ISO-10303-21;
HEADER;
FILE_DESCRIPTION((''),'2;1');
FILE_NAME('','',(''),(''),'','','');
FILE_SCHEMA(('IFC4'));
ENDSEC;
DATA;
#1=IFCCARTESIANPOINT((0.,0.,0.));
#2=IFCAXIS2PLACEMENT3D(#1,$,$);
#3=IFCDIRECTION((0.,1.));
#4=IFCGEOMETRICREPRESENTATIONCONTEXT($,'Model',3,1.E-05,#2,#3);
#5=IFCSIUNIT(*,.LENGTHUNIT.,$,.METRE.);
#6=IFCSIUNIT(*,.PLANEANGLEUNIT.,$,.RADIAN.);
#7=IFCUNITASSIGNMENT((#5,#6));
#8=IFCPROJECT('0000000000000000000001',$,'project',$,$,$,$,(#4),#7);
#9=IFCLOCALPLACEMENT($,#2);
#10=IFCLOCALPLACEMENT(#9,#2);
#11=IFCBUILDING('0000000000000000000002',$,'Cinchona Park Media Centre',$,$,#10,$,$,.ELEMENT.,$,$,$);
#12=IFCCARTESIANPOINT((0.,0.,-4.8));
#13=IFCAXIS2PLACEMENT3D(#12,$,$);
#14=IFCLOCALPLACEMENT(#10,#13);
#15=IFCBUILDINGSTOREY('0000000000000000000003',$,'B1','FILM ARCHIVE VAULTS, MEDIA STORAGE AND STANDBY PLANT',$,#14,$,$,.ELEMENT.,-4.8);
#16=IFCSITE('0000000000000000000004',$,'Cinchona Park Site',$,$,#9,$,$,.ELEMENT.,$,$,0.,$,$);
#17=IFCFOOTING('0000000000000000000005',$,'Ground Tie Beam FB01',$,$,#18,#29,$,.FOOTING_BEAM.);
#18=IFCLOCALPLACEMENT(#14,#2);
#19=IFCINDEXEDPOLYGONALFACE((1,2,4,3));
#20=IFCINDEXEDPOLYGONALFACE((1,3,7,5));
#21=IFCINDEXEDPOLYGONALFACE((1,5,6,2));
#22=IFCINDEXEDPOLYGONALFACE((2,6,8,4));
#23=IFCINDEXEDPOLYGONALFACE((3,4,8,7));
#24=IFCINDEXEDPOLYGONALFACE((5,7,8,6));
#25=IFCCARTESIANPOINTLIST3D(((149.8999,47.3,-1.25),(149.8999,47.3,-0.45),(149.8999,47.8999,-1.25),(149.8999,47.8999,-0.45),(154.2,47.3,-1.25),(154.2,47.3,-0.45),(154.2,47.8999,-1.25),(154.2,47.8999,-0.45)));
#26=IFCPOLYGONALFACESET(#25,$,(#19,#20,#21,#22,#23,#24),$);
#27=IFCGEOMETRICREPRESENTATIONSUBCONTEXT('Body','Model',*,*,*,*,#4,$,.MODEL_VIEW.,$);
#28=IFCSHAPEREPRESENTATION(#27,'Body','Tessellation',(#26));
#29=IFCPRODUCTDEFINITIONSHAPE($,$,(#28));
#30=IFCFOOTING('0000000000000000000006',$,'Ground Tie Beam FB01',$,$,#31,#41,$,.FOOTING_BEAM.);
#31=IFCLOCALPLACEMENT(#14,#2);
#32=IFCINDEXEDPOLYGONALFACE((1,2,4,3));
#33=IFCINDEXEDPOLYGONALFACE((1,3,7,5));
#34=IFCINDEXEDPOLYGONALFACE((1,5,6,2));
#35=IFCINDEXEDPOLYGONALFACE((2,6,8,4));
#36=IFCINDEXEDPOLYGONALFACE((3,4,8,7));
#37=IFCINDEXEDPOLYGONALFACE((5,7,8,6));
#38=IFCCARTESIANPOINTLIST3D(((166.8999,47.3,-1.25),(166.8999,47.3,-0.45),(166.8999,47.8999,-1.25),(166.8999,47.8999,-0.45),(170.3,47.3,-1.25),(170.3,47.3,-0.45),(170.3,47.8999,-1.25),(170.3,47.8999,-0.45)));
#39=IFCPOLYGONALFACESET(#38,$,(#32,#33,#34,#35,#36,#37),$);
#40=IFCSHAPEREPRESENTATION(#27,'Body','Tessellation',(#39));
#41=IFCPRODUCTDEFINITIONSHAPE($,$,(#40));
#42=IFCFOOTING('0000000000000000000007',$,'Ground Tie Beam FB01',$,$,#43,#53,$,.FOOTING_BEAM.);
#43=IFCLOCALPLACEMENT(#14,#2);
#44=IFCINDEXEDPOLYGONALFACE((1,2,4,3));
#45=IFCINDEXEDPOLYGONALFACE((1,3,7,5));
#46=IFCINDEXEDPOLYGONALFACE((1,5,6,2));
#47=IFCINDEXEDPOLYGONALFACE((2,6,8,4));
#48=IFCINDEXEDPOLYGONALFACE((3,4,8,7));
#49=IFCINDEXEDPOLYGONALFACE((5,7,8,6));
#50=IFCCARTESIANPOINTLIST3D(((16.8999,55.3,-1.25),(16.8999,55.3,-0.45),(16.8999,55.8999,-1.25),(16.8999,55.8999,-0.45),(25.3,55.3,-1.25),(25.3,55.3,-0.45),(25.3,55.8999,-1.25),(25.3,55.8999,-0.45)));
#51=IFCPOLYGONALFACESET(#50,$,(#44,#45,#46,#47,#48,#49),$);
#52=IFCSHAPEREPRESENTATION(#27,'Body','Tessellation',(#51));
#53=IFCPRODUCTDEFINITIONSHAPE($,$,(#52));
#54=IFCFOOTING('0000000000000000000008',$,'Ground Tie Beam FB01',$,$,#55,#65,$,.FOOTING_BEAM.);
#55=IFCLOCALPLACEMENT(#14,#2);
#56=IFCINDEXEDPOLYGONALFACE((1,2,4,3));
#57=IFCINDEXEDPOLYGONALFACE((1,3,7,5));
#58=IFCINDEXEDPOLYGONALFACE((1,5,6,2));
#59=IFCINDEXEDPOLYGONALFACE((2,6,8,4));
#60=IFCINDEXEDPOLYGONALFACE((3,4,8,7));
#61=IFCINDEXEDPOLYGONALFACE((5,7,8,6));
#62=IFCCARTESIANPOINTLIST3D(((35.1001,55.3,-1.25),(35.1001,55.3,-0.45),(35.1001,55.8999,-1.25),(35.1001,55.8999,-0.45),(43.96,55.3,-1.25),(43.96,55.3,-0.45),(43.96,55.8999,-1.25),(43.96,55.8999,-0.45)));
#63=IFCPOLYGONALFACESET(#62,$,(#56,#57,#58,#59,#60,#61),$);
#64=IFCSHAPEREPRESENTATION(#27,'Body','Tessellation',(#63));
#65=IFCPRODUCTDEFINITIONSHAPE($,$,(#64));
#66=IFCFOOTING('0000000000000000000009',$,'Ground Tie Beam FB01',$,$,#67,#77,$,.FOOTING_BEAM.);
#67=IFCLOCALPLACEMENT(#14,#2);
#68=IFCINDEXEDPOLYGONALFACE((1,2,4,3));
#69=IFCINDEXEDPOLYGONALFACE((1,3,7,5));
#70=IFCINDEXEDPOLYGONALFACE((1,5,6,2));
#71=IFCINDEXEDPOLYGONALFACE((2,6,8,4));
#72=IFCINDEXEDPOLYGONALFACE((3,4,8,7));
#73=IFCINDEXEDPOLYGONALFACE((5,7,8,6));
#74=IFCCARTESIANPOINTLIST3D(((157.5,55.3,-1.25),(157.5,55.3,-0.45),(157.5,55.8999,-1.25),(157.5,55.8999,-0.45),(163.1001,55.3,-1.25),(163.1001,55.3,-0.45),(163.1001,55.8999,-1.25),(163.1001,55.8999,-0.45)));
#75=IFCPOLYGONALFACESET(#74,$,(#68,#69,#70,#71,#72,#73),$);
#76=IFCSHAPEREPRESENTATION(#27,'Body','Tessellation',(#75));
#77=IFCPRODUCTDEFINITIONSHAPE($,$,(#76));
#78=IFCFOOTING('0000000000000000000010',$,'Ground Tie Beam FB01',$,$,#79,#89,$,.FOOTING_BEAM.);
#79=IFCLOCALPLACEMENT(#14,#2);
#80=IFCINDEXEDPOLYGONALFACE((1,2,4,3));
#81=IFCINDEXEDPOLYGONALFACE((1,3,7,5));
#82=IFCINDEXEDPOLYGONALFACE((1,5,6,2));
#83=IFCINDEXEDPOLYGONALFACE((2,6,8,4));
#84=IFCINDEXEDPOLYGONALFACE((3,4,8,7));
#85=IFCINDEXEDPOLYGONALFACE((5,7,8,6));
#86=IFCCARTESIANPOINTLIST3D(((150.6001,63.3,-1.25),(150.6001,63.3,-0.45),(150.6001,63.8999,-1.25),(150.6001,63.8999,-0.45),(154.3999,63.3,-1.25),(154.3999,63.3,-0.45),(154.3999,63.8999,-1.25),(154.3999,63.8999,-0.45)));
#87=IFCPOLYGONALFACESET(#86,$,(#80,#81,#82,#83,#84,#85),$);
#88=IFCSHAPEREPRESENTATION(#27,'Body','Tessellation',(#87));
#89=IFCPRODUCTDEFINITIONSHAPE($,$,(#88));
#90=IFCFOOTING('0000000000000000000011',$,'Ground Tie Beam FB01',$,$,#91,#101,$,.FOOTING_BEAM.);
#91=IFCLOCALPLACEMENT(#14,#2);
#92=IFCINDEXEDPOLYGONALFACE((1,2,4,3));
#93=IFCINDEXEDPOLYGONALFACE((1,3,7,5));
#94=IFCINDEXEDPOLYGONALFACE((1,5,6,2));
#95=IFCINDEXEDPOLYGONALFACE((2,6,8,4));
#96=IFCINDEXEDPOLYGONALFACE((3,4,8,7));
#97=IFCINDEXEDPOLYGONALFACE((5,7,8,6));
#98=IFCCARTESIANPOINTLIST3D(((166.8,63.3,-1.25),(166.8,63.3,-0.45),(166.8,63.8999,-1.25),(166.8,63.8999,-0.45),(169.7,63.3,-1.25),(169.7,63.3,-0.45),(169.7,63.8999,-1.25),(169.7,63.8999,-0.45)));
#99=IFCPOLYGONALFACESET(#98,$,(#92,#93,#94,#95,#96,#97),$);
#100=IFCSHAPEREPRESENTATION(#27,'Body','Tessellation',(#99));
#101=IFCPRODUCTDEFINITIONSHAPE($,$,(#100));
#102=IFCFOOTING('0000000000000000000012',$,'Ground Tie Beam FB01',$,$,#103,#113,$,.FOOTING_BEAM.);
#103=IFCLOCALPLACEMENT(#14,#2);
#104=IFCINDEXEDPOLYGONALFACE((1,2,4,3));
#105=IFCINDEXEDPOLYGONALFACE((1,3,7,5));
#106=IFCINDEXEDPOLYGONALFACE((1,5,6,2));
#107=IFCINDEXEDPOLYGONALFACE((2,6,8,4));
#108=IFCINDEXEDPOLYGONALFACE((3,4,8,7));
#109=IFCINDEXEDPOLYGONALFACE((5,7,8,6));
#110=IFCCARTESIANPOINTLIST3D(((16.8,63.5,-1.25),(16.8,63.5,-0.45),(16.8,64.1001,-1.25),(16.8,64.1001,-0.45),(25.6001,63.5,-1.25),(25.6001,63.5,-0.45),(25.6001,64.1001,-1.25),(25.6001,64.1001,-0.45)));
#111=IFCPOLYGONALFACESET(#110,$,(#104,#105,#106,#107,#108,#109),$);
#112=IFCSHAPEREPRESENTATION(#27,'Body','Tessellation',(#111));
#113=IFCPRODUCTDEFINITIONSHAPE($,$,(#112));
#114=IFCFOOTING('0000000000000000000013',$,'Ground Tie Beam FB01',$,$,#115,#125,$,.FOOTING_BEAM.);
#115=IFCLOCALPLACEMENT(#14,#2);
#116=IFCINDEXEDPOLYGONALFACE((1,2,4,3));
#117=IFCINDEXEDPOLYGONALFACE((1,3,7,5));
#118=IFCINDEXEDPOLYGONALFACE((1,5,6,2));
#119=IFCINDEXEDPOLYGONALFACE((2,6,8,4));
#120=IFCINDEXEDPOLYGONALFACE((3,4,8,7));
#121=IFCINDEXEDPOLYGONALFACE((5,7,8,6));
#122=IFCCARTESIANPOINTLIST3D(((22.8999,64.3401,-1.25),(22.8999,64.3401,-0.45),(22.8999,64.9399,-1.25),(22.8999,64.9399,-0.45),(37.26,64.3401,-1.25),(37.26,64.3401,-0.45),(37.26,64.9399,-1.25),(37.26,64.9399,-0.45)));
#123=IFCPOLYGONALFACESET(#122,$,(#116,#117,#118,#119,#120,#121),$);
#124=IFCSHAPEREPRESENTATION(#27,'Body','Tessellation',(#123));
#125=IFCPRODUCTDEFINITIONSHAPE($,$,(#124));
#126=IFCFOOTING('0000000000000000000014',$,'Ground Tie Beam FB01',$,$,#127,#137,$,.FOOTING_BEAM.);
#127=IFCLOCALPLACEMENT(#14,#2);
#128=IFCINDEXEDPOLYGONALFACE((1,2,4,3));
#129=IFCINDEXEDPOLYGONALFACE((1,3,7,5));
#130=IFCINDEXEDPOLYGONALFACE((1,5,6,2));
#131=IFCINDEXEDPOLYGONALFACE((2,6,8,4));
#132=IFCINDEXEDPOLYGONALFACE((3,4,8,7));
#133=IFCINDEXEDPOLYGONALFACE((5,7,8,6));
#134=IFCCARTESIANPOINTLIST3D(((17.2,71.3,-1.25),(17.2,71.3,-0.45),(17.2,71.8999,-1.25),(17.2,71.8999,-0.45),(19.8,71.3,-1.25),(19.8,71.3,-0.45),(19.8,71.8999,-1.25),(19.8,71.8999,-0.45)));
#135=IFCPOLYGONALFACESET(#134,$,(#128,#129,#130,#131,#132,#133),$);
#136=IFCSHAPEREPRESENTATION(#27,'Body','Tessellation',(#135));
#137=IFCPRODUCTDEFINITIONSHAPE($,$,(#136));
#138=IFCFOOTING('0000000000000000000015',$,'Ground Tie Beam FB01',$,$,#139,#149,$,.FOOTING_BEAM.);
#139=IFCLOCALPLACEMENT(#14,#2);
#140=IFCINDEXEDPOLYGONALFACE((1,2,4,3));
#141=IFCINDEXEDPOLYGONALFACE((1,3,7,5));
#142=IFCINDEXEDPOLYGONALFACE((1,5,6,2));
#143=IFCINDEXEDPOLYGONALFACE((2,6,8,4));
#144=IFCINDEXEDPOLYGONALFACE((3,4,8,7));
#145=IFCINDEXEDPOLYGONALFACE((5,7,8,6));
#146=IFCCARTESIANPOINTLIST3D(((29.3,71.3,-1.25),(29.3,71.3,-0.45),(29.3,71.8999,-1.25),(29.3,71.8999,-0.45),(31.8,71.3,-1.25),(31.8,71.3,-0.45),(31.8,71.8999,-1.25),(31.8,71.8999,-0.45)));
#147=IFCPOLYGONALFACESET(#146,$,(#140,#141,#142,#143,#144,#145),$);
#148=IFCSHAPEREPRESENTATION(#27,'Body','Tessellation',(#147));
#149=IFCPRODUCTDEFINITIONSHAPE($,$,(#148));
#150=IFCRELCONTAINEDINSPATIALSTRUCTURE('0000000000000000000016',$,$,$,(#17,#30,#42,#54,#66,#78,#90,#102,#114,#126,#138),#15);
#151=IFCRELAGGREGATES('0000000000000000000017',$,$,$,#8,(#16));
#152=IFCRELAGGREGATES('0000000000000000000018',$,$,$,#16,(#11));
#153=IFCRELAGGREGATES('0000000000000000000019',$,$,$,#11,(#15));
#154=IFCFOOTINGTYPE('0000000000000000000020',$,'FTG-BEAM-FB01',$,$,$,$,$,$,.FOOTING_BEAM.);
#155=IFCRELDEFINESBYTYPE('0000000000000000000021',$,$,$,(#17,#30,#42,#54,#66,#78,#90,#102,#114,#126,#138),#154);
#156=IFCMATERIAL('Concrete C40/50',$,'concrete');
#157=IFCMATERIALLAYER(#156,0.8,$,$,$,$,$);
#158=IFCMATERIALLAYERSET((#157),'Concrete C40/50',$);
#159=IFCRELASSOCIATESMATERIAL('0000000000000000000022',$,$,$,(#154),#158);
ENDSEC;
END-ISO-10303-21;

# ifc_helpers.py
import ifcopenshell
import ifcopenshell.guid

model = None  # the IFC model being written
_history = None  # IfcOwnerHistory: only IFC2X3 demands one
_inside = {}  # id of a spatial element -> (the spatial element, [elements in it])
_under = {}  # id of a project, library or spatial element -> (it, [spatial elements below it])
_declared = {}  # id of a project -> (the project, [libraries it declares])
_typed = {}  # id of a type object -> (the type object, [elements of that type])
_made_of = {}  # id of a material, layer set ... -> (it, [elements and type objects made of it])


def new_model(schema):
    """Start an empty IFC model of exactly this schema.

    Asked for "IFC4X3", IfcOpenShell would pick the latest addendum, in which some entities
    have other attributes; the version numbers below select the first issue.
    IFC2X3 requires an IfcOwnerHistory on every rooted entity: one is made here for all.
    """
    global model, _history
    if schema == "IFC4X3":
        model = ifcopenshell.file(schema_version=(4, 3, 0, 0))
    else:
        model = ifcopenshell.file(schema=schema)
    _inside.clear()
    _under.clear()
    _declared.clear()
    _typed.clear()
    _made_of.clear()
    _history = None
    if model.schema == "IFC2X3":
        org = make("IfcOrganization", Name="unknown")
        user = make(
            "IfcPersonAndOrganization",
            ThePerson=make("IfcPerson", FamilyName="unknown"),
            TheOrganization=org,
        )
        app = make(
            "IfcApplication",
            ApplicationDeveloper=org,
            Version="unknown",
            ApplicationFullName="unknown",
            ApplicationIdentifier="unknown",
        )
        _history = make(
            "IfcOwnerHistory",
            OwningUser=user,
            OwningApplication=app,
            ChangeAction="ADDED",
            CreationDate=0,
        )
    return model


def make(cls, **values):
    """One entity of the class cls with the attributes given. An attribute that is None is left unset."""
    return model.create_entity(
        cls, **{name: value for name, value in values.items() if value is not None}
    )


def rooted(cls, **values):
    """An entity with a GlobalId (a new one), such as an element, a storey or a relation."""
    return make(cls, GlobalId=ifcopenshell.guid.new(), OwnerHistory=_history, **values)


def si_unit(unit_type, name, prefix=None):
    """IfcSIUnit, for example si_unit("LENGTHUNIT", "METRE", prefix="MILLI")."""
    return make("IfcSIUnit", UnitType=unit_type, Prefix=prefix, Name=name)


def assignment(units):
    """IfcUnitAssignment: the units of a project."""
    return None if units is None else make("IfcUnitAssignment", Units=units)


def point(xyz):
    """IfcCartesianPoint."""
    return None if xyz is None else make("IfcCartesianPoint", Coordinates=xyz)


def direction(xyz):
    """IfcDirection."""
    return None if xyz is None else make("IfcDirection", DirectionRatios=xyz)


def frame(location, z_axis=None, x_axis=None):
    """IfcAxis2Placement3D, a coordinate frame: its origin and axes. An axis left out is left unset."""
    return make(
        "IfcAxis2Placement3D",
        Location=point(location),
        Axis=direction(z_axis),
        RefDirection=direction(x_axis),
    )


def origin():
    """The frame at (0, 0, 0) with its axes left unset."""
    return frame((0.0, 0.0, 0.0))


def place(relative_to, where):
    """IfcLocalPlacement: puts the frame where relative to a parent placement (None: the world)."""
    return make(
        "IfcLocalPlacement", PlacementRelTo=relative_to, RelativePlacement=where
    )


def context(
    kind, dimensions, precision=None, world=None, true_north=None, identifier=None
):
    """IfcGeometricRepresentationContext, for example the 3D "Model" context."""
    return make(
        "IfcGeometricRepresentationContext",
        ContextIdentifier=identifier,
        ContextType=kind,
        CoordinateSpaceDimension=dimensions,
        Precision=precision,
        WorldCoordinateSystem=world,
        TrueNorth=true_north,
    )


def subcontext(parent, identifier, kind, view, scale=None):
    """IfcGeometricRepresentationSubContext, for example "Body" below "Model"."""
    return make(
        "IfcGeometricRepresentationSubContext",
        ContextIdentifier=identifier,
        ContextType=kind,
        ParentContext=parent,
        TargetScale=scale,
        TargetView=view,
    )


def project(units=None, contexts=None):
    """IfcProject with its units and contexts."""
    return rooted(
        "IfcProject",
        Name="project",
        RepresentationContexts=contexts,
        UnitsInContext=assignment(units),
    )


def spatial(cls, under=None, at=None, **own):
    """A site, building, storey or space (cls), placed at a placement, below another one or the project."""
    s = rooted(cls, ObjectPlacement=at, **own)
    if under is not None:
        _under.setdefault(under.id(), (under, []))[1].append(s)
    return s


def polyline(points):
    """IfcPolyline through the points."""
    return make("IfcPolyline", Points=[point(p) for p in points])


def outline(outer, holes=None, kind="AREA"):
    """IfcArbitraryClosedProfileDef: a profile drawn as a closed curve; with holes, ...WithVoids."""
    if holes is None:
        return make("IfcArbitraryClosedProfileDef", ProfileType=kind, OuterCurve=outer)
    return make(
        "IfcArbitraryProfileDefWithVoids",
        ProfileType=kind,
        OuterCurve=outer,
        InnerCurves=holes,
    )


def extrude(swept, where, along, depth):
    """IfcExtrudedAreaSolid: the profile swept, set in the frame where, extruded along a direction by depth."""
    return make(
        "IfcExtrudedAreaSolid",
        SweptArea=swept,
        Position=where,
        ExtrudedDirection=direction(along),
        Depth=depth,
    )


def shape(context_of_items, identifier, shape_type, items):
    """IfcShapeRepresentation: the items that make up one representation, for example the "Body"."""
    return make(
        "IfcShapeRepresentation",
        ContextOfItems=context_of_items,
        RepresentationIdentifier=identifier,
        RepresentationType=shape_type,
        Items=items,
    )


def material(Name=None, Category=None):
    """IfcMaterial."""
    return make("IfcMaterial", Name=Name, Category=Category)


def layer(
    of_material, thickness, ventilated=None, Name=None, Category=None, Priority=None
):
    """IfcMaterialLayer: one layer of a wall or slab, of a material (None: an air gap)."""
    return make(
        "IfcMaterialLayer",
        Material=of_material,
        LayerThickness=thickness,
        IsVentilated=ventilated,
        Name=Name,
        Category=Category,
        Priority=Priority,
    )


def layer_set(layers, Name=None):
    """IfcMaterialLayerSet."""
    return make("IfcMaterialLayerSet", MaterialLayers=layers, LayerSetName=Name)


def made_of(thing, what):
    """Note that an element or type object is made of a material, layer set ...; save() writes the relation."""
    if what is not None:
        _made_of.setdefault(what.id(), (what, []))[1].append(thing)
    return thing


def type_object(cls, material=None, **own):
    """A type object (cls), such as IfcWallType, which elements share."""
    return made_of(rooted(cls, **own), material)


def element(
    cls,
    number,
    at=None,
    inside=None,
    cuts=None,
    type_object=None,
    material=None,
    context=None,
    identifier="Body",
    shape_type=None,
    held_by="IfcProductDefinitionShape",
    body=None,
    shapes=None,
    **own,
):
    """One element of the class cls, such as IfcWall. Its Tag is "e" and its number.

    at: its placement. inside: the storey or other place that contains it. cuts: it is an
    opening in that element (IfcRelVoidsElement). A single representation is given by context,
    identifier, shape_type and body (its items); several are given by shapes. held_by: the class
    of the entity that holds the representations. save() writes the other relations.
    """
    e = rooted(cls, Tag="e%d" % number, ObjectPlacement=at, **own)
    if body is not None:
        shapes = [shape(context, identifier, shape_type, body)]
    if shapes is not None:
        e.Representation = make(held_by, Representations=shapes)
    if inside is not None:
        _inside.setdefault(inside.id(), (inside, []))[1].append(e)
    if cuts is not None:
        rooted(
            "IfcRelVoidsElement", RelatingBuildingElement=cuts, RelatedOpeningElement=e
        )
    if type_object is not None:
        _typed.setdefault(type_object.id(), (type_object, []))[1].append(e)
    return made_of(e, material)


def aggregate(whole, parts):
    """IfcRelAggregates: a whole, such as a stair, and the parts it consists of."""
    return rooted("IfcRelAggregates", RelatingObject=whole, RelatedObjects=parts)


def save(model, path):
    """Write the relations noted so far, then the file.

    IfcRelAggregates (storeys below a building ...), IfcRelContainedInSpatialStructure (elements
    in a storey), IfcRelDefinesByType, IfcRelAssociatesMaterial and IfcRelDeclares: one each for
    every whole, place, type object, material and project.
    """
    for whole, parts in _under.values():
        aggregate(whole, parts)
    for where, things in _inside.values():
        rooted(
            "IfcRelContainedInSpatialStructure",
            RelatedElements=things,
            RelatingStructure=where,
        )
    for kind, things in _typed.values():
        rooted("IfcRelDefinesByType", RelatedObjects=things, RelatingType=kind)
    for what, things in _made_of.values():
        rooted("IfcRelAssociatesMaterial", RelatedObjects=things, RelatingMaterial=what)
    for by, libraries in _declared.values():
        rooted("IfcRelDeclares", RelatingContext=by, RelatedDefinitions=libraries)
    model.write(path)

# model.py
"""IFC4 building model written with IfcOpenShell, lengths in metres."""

from ifc_helpers import new_model, si_unit, direction, frame, origin, place, context, subcontext, project, spatial, polyline, outline, extrude, material, layer, layer_set, type_object, element, save


model = new_model("IFC4")

# Units and contexts
model_context = context("Model", 3, precision=1e-05, world=origin(), true_north=direction((0.0, 1.0)))
body_context = subcontext(model_context, "Body", "Model", "MODEL_VIEW")
ifc_project = project(units=[si_unit("LENGTHUNIT", "METRE"), si_unit("PLANEANGLEUNIT", "RADIAN")], contexts=[model_context])

# Site, building, storey
site_placement = place(None, origin())
site = spatial("IfcSite", under=ifc_project, at=site_placement, Name="Cinchona Park Site", CompositionType="ELEMENT", RefElevation=0.0)
building_placement = place(site_placement, origin())
building = spatial("IfcBuilding", under=site, at=building_placement, Name="Cinchona Park Media Centre", CompositionType="ELEMENT")
storey_placement = place(building_placement, frame((0.0, 0.0, -4.8)))
storey = spatial("IfcBuildingStorey", under=building, at=storey_placement, Name="B1", Description="FILM ARCHIVE VAULTS, MEDIA STORAGE AND STANDBY PLANT", CompositionType="ELEMENT", Elevation=-4.8)

# Footings
ifc_material = material(Name="Concrete C40/50", Category="concrete")
ifc_layer = layer(ifc_material, 0.8)
ifc_layer_set = layer_set([ifc_layer], Name="Concrete C40/50")
footing_type = type_object("IfcFootingType", Name="FTG-BEAM-FB01", PredefinedType="FOOTING_BEAM", material=ifc_layer_set)
footing_1_placement = place(storey_placement, frame((0.0, 0.0, -1.25)))
element("IfcFooting", 1, at=footing_1_placement, inside=storey, type_object=footing_type, Name="Ground Tie Beam FB01", PredefinedType="FOOTING_BEAM", context=body_context, shape_type="SweptSolid", body=[
    extrude(outline(polyline([(149.8999, 47.3), (154.2, 47.3), (154.2, 47.8999), (149.8999, 47.8999), (149.8999, 47.3)])), origin(), (0.0, 0.0, 1.0), 0.8),
])
footing_2_placement = place(storey_placement, frame((0.0, 0.0, -1.25)))
element("IfcFooting", 2, at=footing_2_placement, inside=storey, type_object=footing_type, Name="Ground Tie Beam FB01", PredefinedType="FOOTING_BEAM", context=body_context, shape_type="SweptSolid", body=[
    extrude(outline(polyline([(166.8999, 47.3), (170.3, 47.3), (170.3, 47.8999), (166.8999, 47.8999), (166.8999, 47.3)])), origin(), (0.0, 0.0, 1.0), 0.8),
])
footing_3_placement = place(storey_placement, frame((0.0, 0.0, -1.25)))
element("IfcFooting", 3, at=footing_3_placement, inside=storey, type_object=footing_type, Name="Ground Tie Beam FB01", PredefinedType="FOOTING_BEAM", context=body_context, shape_type="SweptSolid", body=[
    extrude(outline(polyline([(16.8999, 55.3), (25.3, 55.3), (25.3, 55.8999), (16.8999, 55.8999), (16.8999, 55.3)])), origin(), (0.0, 0.0, 1.0), 0.8),
])
footing_4_placement = place(storey_placement, frame((0.0, 0.0, -1.25)))
element("IfcFooting", 4, at=footing_4_placement, inside=storey, type_object=footing_type, Name="Ground Tie Beam FB01", PredefinedType="FOOTING_BEAM", context=body_context, shape_type="SweptSolid", body=[
    extrude(outline(polyline([(35.1001, 55.3), (43.96, 55.3), (43.96, 55.8999), (35.1001, 55.8999), (35.1001, 55.3)])), origin(), (0.0, 0.0, 1.0), 0.8),
])
footing_5_placement = place(storey_placement, frame((0.0, 0.0, -1.25)))
element("IfcFooting", 5, at=footing_5_placement, inside=storey, type_object=footing_type, Name="Ground Tie Beam FB01", PredefinedType="FOOTING_BEAM", context=body_context, shape_type="SweptSolid", body=[
    extrude(outline(polyline([(157.5, 55.3), (163.1001, 55.3), (163.1001, 55.8999), (157.5, 55.8999), (157.5, 55.3)])), origin(), (0.0, 0.0, 1.0), 0.8),
])
footing_6_placement = place(storey_placement, frame((0.0, 0.0, -1.25)))
element("IfcFooting", 6, at=footing_6_placement, inside=storey, type_object=footing_type, Name="Ground Tie Beam FB01", PredefinedType="FOOTING_BEAM", context=body_context, shape_type="SweptSolid", body=[
    extrude(outline(polyline([(150.6001, 63.3), (154.3999, 63.3), (154.3999, 63.8999), (150.6001, 63.8999), (150.6001, 63.3)])), origin(), (0.0, 0.0, 1.0), 0.8),
])
footing_7_placement = place(storey_placement, frame((0.0, 0.0, -1.25)))
element("IfcFooting", 7, at=footing_7_placement, inside=storey, type_object=footing_type, Name="Ground Tie Beam FB01", PredefinedType="FOOTING_BEAM", context=body_context, shape_type="SweptSolid", body=[
    extrude(outline(polyline([(166.8, 63.3), (169.7, 63.3), (169.7, 63.8999), (166.8, 63.8999), (166.8, 63.3)])), origin(), (0.0, 0.0, 1.0), 0.8),
])
footing_8_placement = place(storey_placement, frame((0.0, 0.0, -1.25)))
element("IfcFooting", 8, at=footing_8_placement, inside=storey, type_object=footing_type, Name="Ground Tie Beam FB01", PredefinedType="FOOTING_BEAM", context=body_context, shape_type="SweptSolid", body=[
    extrude(outline(polyline([(16.8, 63.5), (25.6001, 63.5), (25.6001, 64.1001), (16.8, 64.1001), (16.8, 63.5)])), origin(), (0.0, 0.0, 1.0), 0.8),
])
footing_9_placement = place(storey_placement, frame((0.0, 0.0, -1.25)))
element("IfcFooting", 9, at=footing_9_placement, inside=storey, type_object=footing_type, Name="Ground Tie Beam FB01", PredefinedType="FOOTING_BEAM", context=body_context, shape_type="SweptSolid", body=[
    extrude(outline(polyline([(22.8999, 64.3401), (37.26, 64.3401), (37.26, 64.9399), (22.8999, 64.9399), (22.8999, 64.3401)])), origin(), (0.0, 0.0, 1.0), 0.8),
])
footing_10_placement = place(storey_placement, frame((0.0, 0.0, -1.25)))
element("IfcFooting", 10, at=footing_10_placement, inside=storey, type_object=footing_type, Name="Ground Tie Beam FB01", PredefinedType="FOOTING_BEAM", context=body_context, shape_type="SweptSolid", body=[
    extrude(outline(polyline([(17.2, 71.3), (19.8, 71.3), (19.8, 71.8999), (17.2, 71.8999), (17.2, 71.3)])), origin(), (0.0, 0.0, 1.0), 0.8),
])
footing_11_placement = place(storey_placement, frame((0.0, 0.0, -1.25)))
element("IfcFooting", 11, at=footing_11_placement, inside=storey, type_object=footing_type, Name="Ground Tie Beam FB01", PredefinedType="FOOTING_BEAM", context=body_context, shape_type="SweptSolid", body=[
    extrude(outline(polyline([(29.3, 71.3), (31.8, 71.3), (31.8, 71.8999), (29.3, 71.8999), (29.3, 71.3)])), origin(), (0.0, 0.0, 1.0), 0.8),
])

save(model, "model.ifc")
